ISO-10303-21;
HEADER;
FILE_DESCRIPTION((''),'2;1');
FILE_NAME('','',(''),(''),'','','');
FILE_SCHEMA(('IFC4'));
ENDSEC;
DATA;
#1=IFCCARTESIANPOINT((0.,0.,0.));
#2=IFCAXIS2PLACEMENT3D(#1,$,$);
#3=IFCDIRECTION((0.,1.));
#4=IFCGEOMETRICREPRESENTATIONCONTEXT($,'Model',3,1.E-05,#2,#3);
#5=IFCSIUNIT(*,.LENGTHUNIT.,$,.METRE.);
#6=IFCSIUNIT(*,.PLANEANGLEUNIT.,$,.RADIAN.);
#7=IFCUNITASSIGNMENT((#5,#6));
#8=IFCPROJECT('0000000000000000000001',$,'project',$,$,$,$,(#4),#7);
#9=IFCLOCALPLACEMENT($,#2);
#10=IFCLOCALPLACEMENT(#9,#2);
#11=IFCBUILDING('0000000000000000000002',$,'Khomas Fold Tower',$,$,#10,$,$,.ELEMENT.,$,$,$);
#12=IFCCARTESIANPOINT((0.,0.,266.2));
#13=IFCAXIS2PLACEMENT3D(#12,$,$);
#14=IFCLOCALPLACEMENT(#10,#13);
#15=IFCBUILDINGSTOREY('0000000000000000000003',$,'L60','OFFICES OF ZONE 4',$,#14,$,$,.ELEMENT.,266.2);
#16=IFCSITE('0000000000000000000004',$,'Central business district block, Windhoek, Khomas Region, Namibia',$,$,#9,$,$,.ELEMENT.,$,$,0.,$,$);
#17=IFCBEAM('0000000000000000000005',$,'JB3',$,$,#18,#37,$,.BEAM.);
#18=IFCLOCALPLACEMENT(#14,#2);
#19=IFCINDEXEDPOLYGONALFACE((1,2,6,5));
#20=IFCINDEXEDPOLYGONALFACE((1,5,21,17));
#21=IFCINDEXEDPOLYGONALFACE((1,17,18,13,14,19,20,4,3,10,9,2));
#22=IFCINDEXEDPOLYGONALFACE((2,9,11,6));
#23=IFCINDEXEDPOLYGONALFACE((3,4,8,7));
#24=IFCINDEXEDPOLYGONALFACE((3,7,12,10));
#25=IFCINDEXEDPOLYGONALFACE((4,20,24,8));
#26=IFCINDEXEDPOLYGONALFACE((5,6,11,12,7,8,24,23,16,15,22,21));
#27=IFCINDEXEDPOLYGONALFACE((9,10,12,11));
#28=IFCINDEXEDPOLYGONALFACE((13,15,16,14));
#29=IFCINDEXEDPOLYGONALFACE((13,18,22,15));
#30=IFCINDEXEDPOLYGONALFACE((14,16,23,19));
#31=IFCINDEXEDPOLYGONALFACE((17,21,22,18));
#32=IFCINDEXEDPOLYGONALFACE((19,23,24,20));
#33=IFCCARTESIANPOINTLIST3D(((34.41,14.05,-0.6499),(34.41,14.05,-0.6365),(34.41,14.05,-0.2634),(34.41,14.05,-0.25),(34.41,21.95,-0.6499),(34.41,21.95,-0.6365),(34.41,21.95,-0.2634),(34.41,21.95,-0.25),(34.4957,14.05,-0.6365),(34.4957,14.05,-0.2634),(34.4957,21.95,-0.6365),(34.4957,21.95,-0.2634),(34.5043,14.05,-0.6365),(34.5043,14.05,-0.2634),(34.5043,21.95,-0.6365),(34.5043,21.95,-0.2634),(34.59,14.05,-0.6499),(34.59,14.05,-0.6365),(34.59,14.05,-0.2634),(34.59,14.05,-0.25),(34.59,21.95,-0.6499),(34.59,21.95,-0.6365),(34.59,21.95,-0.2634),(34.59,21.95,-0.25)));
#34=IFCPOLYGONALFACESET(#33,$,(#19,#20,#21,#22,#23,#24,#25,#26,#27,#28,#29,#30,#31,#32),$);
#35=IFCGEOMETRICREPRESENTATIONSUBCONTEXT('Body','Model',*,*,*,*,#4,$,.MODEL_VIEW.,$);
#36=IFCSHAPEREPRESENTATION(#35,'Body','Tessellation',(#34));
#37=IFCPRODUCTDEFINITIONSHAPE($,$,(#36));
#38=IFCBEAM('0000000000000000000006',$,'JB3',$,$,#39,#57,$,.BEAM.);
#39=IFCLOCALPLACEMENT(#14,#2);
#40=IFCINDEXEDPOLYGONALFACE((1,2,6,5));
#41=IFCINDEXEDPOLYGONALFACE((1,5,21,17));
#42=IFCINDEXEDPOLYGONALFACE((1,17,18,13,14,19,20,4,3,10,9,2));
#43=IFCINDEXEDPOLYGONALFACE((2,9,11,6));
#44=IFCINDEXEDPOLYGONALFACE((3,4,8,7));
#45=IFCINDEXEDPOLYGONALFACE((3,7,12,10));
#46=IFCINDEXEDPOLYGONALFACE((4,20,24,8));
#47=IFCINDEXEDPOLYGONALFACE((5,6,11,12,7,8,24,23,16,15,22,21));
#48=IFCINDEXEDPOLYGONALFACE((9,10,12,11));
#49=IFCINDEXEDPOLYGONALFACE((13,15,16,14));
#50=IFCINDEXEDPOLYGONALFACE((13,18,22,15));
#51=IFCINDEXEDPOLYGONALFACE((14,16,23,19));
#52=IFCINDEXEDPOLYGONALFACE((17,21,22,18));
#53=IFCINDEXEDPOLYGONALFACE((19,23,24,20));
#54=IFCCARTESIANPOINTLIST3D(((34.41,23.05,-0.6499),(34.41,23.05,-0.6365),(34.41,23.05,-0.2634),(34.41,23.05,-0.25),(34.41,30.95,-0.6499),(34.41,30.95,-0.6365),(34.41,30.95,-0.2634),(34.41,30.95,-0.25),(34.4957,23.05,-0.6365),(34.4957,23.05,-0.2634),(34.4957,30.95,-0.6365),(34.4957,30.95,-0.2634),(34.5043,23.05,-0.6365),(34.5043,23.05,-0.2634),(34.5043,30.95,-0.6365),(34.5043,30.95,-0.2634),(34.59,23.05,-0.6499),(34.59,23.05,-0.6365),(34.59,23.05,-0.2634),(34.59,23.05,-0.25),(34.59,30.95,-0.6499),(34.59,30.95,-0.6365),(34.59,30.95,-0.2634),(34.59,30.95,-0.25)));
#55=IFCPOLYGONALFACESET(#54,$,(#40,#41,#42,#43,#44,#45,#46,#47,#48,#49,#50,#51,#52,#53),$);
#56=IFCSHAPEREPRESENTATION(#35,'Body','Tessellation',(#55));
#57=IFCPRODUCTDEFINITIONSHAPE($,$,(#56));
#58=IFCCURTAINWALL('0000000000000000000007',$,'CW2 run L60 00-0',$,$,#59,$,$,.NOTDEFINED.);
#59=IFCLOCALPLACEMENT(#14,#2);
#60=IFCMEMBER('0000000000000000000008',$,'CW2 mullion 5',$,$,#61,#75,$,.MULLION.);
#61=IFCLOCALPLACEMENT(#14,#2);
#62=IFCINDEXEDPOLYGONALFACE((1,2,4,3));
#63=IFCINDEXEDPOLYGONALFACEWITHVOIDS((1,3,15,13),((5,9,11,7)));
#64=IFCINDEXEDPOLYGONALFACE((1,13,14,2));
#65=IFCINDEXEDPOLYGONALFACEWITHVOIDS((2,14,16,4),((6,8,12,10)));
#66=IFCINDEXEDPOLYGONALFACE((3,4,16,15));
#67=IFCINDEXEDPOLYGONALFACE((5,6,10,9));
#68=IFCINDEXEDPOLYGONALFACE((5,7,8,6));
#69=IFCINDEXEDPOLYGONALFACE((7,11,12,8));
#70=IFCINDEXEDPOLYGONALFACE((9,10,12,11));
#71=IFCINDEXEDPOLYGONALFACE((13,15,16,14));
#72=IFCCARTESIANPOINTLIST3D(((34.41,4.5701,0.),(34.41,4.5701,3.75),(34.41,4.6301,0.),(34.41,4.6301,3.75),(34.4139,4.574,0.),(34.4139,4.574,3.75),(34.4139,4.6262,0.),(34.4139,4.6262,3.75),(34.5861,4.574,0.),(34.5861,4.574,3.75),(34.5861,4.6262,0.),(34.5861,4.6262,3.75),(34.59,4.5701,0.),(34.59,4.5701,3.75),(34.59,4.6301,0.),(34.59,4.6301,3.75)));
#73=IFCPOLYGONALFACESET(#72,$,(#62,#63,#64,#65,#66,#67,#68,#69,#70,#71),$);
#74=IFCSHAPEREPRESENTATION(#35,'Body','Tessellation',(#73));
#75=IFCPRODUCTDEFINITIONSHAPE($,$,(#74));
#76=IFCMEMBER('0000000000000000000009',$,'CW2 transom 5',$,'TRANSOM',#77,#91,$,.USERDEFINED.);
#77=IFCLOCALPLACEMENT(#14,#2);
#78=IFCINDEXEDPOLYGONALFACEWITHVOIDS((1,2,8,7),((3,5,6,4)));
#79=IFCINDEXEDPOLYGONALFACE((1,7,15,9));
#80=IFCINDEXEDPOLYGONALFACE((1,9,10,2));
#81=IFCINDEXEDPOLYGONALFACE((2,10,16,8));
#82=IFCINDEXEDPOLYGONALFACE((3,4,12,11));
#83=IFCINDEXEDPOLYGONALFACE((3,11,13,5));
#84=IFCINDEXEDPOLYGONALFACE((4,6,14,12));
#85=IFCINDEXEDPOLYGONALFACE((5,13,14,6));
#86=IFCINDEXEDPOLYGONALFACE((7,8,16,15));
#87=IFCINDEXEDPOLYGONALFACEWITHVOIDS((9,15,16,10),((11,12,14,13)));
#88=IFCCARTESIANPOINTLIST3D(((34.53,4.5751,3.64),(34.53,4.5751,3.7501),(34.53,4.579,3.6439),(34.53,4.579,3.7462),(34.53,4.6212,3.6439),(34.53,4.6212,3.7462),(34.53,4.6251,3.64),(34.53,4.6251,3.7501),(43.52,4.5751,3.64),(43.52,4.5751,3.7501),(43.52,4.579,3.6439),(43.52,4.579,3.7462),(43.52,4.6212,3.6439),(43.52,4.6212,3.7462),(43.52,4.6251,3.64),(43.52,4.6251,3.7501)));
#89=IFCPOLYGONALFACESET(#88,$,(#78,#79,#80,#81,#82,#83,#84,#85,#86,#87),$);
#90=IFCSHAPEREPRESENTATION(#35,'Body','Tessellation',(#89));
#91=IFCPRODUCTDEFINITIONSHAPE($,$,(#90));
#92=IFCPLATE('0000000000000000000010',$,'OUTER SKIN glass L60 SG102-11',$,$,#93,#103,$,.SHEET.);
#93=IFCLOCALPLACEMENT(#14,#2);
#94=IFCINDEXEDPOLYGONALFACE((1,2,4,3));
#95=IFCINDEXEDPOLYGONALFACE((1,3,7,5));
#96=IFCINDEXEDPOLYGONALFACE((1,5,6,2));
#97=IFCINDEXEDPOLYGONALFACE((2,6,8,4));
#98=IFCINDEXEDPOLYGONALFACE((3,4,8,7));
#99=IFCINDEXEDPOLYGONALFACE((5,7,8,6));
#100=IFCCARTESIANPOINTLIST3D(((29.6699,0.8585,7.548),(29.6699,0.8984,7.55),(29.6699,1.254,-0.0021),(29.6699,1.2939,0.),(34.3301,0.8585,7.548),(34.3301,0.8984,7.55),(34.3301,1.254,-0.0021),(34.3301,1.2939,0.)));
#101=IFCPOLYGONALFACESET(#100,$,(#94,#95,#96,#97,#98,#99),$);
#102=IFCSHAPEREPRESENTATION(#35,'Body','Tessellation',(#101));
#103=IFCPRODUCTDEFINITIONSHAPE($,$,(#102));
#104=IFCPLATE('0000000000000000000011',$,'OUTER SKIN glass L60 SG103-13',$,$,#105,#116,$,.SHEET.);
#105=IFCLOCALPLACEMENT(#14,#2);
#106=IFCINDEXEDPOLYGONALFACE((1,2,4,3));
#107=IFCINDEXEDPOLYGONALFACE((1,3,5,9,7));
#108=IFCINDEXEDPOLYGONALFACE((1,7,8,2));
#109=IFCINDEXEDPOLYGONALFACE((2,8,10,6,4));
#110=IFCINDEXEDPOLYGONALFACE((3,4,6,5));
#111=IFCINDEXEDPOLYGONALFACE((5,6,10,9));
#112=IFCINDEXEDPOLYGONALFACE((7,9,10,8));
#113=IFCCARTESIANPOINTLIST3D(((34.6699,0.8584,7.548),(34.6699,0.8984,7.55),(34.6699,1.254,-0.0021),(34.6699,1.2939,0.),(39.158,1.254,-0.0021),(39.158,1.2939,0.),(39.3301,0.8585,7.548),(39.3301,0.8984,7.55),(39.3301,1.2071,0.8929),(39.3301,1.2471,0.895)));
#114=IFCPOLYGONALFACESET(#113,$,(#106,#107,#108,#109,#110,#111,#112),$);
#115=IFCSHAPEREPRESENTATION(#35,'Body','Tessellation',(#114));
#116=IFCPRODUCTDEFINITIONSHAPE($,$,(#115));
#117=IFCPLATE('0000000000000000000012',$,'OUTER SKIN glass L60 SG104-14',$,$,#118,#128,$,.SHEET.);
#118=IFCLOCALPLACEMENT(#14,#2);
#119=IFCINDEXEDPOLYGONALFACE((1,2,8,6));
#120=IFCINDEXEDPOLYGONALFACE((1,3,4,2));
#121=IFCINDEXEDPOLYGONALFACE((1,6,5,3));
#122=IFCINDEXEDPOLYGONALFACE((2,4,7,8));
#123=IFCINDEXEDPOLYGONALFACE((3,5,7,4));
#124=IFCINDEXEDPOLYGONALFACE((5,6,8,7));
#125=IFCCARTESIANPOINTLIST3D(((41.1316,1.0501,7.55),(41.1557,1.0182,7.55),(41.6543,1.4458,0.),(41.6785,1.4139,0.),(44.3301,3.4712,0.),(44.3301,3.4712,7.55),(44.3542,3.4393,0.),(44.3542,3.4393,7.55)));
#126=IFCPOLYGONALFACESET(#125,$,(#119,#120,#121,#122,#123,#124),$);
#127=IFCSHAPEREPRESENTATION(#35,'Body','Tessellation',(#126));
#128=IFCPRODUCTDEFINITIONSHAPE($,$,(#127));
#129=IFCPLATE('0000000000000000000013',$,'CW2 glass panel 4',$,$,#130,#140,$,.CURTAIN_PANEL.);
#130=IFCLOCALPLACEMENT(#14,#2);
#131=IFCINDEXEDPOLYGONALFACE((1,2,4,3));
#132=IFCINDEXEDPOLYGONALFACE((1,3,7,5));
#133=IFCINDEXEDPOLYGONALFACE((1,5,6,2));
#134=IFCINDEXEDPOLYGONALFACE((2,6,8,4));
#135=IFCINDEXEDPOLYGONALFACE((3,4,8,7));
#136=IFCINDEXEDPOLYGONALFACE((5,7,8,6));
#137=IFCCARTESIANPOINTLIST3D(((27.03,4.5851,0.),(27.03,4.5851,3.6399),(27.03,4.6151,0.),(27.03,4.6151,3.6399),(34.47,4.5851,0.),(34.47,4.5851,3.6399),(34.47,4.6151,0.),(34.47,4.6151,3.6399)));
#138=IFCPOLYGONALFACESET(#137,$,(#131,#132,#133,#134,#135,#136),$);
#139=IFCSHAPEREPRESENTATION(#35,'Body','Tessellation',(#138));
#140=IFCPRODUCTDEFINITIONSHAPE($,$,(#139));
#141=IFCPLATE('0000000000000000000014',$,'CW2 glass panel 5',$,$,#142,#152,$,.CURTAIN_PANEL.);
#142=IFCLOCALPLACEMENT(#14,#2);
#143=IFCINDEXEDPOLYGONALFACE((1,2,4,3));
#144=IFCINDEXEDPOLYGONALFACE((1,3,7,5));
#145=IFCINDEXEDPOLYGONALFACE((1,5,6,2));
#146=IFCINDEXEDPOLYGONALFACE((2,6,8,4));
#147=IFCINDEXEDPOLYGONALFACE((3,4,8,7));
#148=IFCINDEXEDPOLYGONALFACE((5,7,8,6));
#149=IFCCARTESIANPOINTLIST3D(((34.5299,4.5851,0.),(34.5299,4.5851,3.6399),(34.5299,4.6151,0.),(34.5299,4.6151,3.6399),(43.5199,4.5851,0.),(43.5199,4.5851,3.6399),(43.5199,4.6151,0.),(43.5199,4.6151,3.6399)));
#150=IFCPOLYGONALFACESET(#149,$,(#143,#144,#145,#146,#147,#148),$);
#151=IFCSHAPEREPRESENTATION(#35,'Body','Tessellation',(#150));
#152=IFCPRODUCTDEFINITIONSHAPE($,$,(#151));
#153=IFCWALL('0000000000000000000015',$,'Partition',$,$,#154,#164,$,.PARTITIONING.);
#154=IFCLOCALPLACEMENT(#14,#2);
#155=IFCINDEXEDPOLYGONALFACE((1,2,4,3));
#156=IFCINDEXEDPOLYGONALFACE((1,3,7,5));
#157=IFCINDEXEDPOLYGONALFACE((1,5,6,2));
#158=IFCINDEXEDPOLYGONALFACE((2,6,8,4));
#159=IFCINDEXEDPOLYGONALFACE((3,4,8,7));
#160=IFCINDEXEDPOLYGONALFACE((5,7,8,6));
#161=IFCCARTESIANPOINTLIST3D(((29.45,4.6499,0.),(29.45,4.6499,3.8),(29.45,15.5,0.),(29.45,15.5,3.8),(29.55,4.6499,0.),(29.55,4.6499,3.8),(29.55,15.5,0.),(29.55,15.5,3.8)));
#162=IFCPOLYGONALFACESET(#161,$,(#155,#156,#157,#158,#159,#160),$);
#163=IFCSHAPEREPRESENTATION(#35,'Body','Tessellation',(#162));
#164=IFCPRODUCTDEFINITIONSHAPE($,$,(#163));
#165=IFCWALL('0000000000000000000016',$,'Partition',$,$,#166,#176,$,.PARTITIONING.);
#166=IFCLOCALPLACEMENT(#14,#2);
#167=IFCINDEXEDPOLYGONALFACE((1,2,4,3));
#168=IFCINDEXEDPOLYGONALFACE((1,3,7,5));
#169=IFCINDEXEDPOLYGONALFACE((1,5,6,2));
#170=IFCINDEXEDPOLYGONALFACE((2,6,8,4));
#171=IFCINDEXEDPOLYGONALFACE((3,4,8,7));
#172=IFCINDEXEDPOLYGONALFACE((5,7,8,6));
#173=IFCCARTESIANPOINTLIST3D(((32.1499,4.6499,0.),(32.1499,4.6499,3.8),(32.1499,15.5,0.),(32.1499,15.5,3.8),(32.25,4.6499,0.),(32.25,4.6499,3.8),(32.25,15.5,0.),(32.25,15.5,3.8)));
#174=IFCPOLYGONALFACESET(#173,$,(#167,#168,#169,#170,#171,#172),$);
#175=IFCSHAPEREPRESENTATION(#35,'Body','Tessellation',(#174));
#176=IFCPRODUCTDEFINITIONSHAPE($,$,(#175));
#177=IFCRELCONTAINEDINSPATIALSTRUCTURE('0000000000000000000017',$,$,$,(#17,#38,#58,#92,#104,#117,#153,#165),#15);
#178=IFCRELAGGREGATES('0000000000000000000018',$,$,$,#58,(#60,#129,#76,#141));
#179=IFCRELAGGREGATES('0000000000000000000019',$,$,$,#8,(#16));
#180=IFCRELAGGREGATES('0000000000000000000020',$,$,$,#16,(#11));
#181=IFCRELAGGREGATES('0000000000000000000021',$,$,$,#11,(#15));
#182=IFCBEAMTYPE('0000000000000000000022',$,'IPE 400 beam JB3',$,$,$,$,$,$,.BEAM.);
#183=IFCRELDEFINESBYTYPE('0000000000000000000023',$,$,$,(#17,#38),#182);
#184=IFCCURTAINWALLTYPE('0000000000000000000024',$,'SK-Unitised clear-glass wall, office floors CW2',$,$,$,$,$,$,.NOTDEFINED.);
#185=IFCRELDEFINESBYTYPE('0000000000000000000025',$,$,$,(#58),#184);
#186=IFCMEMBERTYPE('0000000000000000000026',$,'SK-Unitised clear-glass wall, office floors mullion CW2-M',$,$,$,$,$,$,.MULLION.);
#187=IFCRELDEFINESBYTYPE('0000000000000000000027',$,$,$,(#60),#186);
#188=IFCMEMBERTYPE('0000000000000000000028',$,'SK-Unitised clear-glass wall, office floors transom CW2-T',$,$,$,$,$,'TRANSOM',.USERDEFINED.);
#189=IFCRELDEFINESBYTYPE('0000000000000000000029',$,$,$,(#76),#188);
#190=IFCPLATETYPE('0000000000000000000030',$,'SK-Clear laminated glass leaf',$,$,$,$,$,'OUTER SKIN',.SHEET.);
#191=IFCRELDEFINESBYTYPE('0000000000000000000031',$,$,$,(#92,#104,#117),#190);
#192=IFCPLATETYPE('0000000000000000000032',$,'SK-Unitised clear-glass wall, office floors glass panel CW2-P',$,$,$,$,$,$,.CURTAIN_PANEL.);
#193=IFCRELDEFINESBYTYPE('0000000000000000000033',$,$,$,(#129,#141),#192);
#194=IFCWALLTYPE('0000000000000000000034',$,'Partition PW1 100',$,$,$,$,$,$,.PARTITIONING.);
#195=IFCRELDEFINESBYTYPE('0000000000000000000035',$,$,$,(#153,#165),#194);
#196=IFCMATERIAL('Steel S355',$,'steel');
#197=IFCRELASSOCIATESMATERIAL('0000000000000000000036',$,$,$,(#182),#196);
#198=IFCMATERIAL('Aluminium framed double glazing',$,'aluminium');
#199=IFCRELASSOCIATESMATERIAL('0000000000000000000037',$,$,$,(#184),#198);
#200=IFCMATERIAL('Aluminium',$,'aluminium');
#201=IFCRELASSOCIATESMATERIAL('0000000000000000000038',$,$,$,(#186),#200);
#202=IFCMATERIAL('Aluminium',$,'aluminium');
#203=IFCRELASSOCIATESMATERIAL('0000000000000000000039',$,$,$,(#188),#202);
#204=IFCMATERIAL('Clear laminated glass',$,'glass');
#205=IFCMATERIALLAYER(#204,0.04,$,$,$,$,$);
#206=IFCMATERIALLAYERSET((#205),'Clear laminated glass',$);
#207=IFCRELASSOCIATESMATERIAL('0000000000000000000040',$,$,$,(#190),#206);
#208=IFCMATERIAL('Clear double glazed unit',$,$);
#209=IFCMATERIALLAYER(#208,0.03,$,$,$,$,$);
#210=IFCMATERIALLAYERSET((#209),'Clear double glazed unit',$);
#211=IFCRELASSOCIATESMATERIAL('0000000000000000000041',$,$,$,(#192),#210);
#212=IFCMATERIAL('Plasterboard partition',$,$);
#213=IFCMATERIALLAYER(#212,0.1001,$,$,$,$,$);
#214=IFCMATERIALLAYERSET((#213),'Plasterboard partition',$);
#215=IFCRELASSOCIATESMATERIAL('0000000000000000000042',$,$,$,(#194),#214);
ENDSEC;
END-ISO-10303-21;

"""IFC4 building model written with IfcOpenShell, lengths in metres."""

from ifc_helpers import new_model, si_unit, direction, frame, frame_2d, origin, origin_2d, place, context, subcontext, project, spatial, polyline, rectangle, hollow_rectangle, i_section, outline, extrude, source, transform, mapped, material, layer, layer_set, material_profile, profile_set, type_object, element, aggregate, save


model = new_model("IFC4")

# Units and contexts
model_context = context("Model", 3, precision=1e-05, world=origin(), true_north=direction((0.0, 1.0)))
body_context = subcontext(model_context, "Body", "Model", "MODEL_VIEW")
ifc_project = project(units=[si_unit("LENGTHUNIT", "METRE"), si_unit("PLANEANGLEUNIT", "RADIAN")], contexts=[model_context])

# Site, building, storey
site_placement = place(None, origin())
site = spatial("IfcSite", under=ifc_project, at=site_placement, Name="Central business district block, Windhoek, Khomas Region, Namibia", CompositionType="ELEMENT", RefElevation=0.0)
building_placement = place(site_placement, origin())
building = spatial("IfcBuilding", under=site, at=building_placement, Name="Khomas Fold Tower", CompositionType="ELEMENT")
storey_placement = place(building_placement, frame((0.0, 0.0, 266.2)))
storey = spatial("IfcBuildingStorey", under=building, at=storey_placement, Name="L60", Description="OFFICES OF ZONE 4", CompositionType="ELEMENT", Elevation=266.2)

# Beams
ifc_material_1 = material(Name="Steel S355", Category="steel")
ifc_material_profile_1 = material_profile(ifc_material_1, i_section(OverallWidth=0.1799, OverallDepth=0.3999, WebThickness=0.0085, FlangeThickness=0.0134, at=origin_2d()), Name="IPE 400")
ifc_profile_set_1 = profile_set([ifc_material_profile_1], Name="Steel S355")
beam_type_1 = type_object("IfcBeamType", Name="IPE 400 beam JB3", PredefinedType="BEAM", material=ifc_profile_set_1)
shared_shape_1 = source(origin(), body_context, "Body", "SweptSolid", [
    extrude(i_section(OverallWidth=0.1799, OverallDepth=0.3999, WebThickness=0.0085, FlangeThickness=0.0134, at=origin_2d()), origin(), (0.0, 0.0, 1.0), 7.8999),
])
for number, where, z_axis, x_axis, name in (
    (1, (34.5, 14.05, -0.45), (0.0, 1.0, 0.0), (-1.0, 0.0, 0.0), "JB3"),
    (2, (34.5, 23.05, -0.45), (0.0, 1.0, 0.0), (-1.0, 0.0, 0.0), "JB3"),
):
    element("IfcBeam", number, at=place(storey_placement, frame(where, z_axis=z_axis, x_axis=x_axis)), inside=storey, type_object=beam_type_1, Name=name, PredefinedType="BEAM", context=body_context, shape_type="MappedRepresentation", body=[
        mapped(shared_shape_1, transform((0.0, 0.0, 0.0))),
    ])

# Curtain wall, members
ifc_material_2 = material(Name="Aluminium framed double glazing", Category="aluminium")
curtain_wall_type = type_object("IfcCurtainWallType", Name="SK-Unitised clear-glass wall, office floors CW2", PredefinedType="NOTDEFINED", material=ifc_material_2)
curtain_wall_placement = place(storey_placement, origin())
curtain_wall = element("IfcCurtainWall", 3, at=curtain_wall_placement, inside=storey, type_object=curtain_wall_type, Name="CW2 run L60 00-0", PredefinedType="NOTDEFINED")
ifc_material_3 = material(Name="Aluminium", Category="aluminium")
ifc_material_profile_2 = material_profile(ifc_material_3, hollow_rectangle(XDim=0.0601, YDim=0.1799, WallThickness=0.0039, at=origin_2d()), Name="SK-Unitised clear-glass wall, office floors mullion CW2-M")
ifc_profile_set_2 = profile_set([ifc_material_profile_2], Name="Aluminium")
member_type_1 = type_object("IfcMemberType", Name="SK-Unitised clear-glass wall, office floors mullion CW2-M", PredefinedType="MULLION", material=ifc_profile_set_2)
shared_shape_2 = source(origin(), body_context, "Body", "SweptSolid", [
    extrude(hollow_rectangle(XDim=0.0601, YDim=0.1799, WallThickness=0.0039, at=origin_2d()), origin(), (0.0, 0.0, 1.0), 3.75),
])
member_1_placement = place(storey_placement, frame((34.5, 4.6001, 0.0), z_axis=(0.0, 0.0, 1.0), x_axis=(0.0, 1.0, 0.0)))
member_1 = element("IfcMember", 4, at=member_1_placement, type_object=member_type_1, Name="CW2 mullion 5", PredefinedType="MULLION", context=body_context, shape_type="MappedRepresentation", body=[
    mapped(shared_shape_2, transform((0.0, 0.0, 0.0))),
])
ifc_material_4 = material(Name="Aluminium", Category="aluminium")
ifc_material_profile_3 = material_profile(ifc_material_4, hollow_rectangle(XDim=0.05, YDim=0.1101, WallThickness=0.0039, at=origin_2d()), Name="SK-Unitised clear-glass wall, office floors transom CW2-T")
ifc_profile_set_3 = profile_set([ifc_material_profile_3], Name="Aluminium")
member_type_2 = type_object("IfcMemberType", Name="SK-Unitised clear-glass wall, office floors transom CW2-T", ElementType="TRANSOM", PredefinedType="USERDEFINED", material=ifc_profile_set_3)
shared_shape_3 = source(origin(), body_context, "Body", "SweptSolid", [
    extrude(hollow_rectangle(XDim=0.05, YDim=0.1101, WallThickness=0.0039, at=origin_2d()), origin(), (0.0, 0.0, 1.0), 8.99),
])
member_2_placement = place(storey_placement, frame((34.53, 4.6001, 3.6951), z_axis=(1.0, 0.0, 0.0), x_axis=(0.0, 1.0, 0.0)))
member_2 = element("IfcMember", 5, at=member_2_placement, type_object=member_type_2, Name="CW2 transom 5", ObjectType="TRANSOM", PredefinedType="USERDEFINED", context=body_context, shape_type="MappedRepresentation", body=[
    mapped(shared_shape_3, transform((0.0, 0.0, 0.0))),
])

# Plates
ifc_material_5 = material(Name="Clear laminated glass", Category="glass")
ifc_layer_1 = layer(ifc_material_5, 0.04)
ifc_layer_set_1 = layer_set([ifc_layer_1], Name="Clear laminated glass")
plate_type_1 = type_object("IfcPlateType", Name="SK-Clear laminated glass leaf", ElementType="OUTER SKIN", PredefinedType="SHEET", material=ifc_layer_set_1)
plate_1_placement = place(storey_placement, frame((29.6699, 1.2939, 0.0), z_axis=(0.0, 0.998631, 0.052313), x_axis=(0.0, -0.052313, 0.998631)))
element("IfcPlate", 6, at=plate_1_placement, inside=storey, type_object=plate_type_1, Name="OUTER SKIN glass L60 SG102-11", PredefinedType="SHEET", context=body_context, shape_type="SweptSolid", body=[
    extrude(outline(polyline([(0.0, 0.0), (7.5604, 0.0), (7.5604, 4.6602), (0.0, 4.6602), (0.0, 0.0)])), origin(), (0.0, 0.0, -1.0), 0.04),
])
plate_2_placement = place(storey_placement, frame((39.158, 1.2939, 0.0), z_axis=(-0.000001, 0.998631, 0.052313), x_axis=(-1.0, -0.000001, 0.0)))
element("IfcPlate", 7, at=plate_2_placement, inside=storey, type_object=plate_type_1, Name="OUTER SKIN glass L60 SG103-13", PredefinedType="SHEET", context=body_context, shape_type="SweptSolid", body=[
    extrude(outline(polyline([(0.0, 0.0), (4.488, 0.0), (4.488, 7.5604), (-0.1721, 7.5604), (-0.1721, 0.8962), (0.0, 0.0)])), origin(), (0.0, 0.0, -1.0), 0.04),
])
plate_3_placement = place(storey_placement, frame((41.6543, 1.4458, 0.0), z_axis=(-0.603541, 0.797332, 0.000005), x_axis=(-0.068975, -0.052217, 0.996251)))
element("IfcPlate", 8, at=plate_3_placement, inside=storey, type_object=plate_type_1, Name="OUTER SKIN glass L60 SG104-14", PredefinedType="SHEET", context=body_context, shape_type="SweptSolid", body=[
    extrude(outline(polyline([(0.0, 0.0), (7.5785, 0.0), (7.2314, 3.9965), (-0.2903, 3.3433), (0.0, 0.0)])), origin(), (0.0, 0.0, -1.0), 0.04),
])

# Plates
ifc_material_6 = material(Name="Clear double glazed unit")
ifc_layer_2 = layer(ifc_material_6, 0.03)
ifc_layer_set_2 = layer_set([ifc_layer_2], Name="Clear double glazed unit")
plate_type_2 = type_object("IfcPlateType", Name="SK-Unitised clear-glass wall, office floors glass panel CW2-P", PredefinedType="CURTAIN_PANEL", material=ifc_layer_set_2)
shared_shape_4 = source(origin(), body_context, "Body", "SweptSolid", [
    extrude(rectangle(XDim=7.4399, YDim=0.03, at=origin_2d()), origin(), (0.0, 0.0, 1.0), 3.6399),
])
plate_4_placement = place(storey_placement, frame((30.75, 4.6001, 0.0), z_axis=(0.0, 0.0, 1.0), x_axis=(1.0, 0.0, 0.0)))
plate_4 = element("IfcPlate", 9, at=plate_4_placement, type_object=plate_type_2, Name="CW2 glass panel 4", PredefinedType="CURTAIN_PANEL", context=body_context, shape_type="MappedRepresentation", body=[
    mapped(shared_shape_4, transform((0.0, 0.0, 0.0))),
])
shared_shape_5 = source(origin(), body_context, "Body", "SweptSolid", [
    extrude(rectangle(XDim=8.99, YDim=0.03, at=origin_2d()), origin(), (0.0, 0.0, 1.0), 3.6399),
])
plate_5_placement = place(storey_placement, frame((39.0249, 4.6001, 0.0), z_axis=(0.0, 0.0, 1.0), x_axis=(1.0, 0.0, 0.0)))
plate_5 = element("IfcPlate", 10, at=plate_5_placement, type_object=plate_type_2, Name="CW2 glass panel 5", PredefinedType="CURTAIN_PANEL", context=body_context, shape_type="MappedRepresentation", body=[
    mapped(shared_shape_5, transform((0.0, 0.0, 0.0))),
])
aggregate(curtain_wall, [member_1, plate_4, member_2, plate_5])

# Walls
ifc_material_7 = material(Name="Plasterboard partition")
ifc_layer_3 = layer(ifc_material_7, 0.1001)
ifc_layer_set_3 = layer_set([ifc_layer_3], Name="Plasterboard partition")
wall_type = type_object("IfcWallType", Name="Partition PW1 100", PredefinedType="PARTITIONING", material=ifc_layer_set_3)
shared_shape_6 = source(origin(), body_context, "Body", "SweptSolid", [
    extrude(rectangle(XDim=10.8501, YDim=0.1001, at=frame_2d((5.425, 0.0))), origin(), (0.0, 0.0, 1.0), 3.8),
])
for number, where, z_axis, x_axis, name in (
    (11, (29.5, 4.6499, 0.0), (0.0, 0.0, 1.0), (0.0, 1.0, 0.0), "Partition"),
    (12, (32.2, 4.6499, 0.0), (0.0, 0.0, 1.0), (0.0, 1.0, 0.0), "Partition"),
):
    element("IfcWall", number, at=place(storey_placement, frame(where, z_axis=z_axis, x_axis=x_axis)), inside=storey, type_object=wall_type, Name=name, PredefinedType="PARTITIONING", context=body_context, shape_type="MappedRepresentation", body=[
        mapped(shared_shape_6, transform((0.0, 0.0, 0.0))),
    ])

save(model, "model.ifc")
